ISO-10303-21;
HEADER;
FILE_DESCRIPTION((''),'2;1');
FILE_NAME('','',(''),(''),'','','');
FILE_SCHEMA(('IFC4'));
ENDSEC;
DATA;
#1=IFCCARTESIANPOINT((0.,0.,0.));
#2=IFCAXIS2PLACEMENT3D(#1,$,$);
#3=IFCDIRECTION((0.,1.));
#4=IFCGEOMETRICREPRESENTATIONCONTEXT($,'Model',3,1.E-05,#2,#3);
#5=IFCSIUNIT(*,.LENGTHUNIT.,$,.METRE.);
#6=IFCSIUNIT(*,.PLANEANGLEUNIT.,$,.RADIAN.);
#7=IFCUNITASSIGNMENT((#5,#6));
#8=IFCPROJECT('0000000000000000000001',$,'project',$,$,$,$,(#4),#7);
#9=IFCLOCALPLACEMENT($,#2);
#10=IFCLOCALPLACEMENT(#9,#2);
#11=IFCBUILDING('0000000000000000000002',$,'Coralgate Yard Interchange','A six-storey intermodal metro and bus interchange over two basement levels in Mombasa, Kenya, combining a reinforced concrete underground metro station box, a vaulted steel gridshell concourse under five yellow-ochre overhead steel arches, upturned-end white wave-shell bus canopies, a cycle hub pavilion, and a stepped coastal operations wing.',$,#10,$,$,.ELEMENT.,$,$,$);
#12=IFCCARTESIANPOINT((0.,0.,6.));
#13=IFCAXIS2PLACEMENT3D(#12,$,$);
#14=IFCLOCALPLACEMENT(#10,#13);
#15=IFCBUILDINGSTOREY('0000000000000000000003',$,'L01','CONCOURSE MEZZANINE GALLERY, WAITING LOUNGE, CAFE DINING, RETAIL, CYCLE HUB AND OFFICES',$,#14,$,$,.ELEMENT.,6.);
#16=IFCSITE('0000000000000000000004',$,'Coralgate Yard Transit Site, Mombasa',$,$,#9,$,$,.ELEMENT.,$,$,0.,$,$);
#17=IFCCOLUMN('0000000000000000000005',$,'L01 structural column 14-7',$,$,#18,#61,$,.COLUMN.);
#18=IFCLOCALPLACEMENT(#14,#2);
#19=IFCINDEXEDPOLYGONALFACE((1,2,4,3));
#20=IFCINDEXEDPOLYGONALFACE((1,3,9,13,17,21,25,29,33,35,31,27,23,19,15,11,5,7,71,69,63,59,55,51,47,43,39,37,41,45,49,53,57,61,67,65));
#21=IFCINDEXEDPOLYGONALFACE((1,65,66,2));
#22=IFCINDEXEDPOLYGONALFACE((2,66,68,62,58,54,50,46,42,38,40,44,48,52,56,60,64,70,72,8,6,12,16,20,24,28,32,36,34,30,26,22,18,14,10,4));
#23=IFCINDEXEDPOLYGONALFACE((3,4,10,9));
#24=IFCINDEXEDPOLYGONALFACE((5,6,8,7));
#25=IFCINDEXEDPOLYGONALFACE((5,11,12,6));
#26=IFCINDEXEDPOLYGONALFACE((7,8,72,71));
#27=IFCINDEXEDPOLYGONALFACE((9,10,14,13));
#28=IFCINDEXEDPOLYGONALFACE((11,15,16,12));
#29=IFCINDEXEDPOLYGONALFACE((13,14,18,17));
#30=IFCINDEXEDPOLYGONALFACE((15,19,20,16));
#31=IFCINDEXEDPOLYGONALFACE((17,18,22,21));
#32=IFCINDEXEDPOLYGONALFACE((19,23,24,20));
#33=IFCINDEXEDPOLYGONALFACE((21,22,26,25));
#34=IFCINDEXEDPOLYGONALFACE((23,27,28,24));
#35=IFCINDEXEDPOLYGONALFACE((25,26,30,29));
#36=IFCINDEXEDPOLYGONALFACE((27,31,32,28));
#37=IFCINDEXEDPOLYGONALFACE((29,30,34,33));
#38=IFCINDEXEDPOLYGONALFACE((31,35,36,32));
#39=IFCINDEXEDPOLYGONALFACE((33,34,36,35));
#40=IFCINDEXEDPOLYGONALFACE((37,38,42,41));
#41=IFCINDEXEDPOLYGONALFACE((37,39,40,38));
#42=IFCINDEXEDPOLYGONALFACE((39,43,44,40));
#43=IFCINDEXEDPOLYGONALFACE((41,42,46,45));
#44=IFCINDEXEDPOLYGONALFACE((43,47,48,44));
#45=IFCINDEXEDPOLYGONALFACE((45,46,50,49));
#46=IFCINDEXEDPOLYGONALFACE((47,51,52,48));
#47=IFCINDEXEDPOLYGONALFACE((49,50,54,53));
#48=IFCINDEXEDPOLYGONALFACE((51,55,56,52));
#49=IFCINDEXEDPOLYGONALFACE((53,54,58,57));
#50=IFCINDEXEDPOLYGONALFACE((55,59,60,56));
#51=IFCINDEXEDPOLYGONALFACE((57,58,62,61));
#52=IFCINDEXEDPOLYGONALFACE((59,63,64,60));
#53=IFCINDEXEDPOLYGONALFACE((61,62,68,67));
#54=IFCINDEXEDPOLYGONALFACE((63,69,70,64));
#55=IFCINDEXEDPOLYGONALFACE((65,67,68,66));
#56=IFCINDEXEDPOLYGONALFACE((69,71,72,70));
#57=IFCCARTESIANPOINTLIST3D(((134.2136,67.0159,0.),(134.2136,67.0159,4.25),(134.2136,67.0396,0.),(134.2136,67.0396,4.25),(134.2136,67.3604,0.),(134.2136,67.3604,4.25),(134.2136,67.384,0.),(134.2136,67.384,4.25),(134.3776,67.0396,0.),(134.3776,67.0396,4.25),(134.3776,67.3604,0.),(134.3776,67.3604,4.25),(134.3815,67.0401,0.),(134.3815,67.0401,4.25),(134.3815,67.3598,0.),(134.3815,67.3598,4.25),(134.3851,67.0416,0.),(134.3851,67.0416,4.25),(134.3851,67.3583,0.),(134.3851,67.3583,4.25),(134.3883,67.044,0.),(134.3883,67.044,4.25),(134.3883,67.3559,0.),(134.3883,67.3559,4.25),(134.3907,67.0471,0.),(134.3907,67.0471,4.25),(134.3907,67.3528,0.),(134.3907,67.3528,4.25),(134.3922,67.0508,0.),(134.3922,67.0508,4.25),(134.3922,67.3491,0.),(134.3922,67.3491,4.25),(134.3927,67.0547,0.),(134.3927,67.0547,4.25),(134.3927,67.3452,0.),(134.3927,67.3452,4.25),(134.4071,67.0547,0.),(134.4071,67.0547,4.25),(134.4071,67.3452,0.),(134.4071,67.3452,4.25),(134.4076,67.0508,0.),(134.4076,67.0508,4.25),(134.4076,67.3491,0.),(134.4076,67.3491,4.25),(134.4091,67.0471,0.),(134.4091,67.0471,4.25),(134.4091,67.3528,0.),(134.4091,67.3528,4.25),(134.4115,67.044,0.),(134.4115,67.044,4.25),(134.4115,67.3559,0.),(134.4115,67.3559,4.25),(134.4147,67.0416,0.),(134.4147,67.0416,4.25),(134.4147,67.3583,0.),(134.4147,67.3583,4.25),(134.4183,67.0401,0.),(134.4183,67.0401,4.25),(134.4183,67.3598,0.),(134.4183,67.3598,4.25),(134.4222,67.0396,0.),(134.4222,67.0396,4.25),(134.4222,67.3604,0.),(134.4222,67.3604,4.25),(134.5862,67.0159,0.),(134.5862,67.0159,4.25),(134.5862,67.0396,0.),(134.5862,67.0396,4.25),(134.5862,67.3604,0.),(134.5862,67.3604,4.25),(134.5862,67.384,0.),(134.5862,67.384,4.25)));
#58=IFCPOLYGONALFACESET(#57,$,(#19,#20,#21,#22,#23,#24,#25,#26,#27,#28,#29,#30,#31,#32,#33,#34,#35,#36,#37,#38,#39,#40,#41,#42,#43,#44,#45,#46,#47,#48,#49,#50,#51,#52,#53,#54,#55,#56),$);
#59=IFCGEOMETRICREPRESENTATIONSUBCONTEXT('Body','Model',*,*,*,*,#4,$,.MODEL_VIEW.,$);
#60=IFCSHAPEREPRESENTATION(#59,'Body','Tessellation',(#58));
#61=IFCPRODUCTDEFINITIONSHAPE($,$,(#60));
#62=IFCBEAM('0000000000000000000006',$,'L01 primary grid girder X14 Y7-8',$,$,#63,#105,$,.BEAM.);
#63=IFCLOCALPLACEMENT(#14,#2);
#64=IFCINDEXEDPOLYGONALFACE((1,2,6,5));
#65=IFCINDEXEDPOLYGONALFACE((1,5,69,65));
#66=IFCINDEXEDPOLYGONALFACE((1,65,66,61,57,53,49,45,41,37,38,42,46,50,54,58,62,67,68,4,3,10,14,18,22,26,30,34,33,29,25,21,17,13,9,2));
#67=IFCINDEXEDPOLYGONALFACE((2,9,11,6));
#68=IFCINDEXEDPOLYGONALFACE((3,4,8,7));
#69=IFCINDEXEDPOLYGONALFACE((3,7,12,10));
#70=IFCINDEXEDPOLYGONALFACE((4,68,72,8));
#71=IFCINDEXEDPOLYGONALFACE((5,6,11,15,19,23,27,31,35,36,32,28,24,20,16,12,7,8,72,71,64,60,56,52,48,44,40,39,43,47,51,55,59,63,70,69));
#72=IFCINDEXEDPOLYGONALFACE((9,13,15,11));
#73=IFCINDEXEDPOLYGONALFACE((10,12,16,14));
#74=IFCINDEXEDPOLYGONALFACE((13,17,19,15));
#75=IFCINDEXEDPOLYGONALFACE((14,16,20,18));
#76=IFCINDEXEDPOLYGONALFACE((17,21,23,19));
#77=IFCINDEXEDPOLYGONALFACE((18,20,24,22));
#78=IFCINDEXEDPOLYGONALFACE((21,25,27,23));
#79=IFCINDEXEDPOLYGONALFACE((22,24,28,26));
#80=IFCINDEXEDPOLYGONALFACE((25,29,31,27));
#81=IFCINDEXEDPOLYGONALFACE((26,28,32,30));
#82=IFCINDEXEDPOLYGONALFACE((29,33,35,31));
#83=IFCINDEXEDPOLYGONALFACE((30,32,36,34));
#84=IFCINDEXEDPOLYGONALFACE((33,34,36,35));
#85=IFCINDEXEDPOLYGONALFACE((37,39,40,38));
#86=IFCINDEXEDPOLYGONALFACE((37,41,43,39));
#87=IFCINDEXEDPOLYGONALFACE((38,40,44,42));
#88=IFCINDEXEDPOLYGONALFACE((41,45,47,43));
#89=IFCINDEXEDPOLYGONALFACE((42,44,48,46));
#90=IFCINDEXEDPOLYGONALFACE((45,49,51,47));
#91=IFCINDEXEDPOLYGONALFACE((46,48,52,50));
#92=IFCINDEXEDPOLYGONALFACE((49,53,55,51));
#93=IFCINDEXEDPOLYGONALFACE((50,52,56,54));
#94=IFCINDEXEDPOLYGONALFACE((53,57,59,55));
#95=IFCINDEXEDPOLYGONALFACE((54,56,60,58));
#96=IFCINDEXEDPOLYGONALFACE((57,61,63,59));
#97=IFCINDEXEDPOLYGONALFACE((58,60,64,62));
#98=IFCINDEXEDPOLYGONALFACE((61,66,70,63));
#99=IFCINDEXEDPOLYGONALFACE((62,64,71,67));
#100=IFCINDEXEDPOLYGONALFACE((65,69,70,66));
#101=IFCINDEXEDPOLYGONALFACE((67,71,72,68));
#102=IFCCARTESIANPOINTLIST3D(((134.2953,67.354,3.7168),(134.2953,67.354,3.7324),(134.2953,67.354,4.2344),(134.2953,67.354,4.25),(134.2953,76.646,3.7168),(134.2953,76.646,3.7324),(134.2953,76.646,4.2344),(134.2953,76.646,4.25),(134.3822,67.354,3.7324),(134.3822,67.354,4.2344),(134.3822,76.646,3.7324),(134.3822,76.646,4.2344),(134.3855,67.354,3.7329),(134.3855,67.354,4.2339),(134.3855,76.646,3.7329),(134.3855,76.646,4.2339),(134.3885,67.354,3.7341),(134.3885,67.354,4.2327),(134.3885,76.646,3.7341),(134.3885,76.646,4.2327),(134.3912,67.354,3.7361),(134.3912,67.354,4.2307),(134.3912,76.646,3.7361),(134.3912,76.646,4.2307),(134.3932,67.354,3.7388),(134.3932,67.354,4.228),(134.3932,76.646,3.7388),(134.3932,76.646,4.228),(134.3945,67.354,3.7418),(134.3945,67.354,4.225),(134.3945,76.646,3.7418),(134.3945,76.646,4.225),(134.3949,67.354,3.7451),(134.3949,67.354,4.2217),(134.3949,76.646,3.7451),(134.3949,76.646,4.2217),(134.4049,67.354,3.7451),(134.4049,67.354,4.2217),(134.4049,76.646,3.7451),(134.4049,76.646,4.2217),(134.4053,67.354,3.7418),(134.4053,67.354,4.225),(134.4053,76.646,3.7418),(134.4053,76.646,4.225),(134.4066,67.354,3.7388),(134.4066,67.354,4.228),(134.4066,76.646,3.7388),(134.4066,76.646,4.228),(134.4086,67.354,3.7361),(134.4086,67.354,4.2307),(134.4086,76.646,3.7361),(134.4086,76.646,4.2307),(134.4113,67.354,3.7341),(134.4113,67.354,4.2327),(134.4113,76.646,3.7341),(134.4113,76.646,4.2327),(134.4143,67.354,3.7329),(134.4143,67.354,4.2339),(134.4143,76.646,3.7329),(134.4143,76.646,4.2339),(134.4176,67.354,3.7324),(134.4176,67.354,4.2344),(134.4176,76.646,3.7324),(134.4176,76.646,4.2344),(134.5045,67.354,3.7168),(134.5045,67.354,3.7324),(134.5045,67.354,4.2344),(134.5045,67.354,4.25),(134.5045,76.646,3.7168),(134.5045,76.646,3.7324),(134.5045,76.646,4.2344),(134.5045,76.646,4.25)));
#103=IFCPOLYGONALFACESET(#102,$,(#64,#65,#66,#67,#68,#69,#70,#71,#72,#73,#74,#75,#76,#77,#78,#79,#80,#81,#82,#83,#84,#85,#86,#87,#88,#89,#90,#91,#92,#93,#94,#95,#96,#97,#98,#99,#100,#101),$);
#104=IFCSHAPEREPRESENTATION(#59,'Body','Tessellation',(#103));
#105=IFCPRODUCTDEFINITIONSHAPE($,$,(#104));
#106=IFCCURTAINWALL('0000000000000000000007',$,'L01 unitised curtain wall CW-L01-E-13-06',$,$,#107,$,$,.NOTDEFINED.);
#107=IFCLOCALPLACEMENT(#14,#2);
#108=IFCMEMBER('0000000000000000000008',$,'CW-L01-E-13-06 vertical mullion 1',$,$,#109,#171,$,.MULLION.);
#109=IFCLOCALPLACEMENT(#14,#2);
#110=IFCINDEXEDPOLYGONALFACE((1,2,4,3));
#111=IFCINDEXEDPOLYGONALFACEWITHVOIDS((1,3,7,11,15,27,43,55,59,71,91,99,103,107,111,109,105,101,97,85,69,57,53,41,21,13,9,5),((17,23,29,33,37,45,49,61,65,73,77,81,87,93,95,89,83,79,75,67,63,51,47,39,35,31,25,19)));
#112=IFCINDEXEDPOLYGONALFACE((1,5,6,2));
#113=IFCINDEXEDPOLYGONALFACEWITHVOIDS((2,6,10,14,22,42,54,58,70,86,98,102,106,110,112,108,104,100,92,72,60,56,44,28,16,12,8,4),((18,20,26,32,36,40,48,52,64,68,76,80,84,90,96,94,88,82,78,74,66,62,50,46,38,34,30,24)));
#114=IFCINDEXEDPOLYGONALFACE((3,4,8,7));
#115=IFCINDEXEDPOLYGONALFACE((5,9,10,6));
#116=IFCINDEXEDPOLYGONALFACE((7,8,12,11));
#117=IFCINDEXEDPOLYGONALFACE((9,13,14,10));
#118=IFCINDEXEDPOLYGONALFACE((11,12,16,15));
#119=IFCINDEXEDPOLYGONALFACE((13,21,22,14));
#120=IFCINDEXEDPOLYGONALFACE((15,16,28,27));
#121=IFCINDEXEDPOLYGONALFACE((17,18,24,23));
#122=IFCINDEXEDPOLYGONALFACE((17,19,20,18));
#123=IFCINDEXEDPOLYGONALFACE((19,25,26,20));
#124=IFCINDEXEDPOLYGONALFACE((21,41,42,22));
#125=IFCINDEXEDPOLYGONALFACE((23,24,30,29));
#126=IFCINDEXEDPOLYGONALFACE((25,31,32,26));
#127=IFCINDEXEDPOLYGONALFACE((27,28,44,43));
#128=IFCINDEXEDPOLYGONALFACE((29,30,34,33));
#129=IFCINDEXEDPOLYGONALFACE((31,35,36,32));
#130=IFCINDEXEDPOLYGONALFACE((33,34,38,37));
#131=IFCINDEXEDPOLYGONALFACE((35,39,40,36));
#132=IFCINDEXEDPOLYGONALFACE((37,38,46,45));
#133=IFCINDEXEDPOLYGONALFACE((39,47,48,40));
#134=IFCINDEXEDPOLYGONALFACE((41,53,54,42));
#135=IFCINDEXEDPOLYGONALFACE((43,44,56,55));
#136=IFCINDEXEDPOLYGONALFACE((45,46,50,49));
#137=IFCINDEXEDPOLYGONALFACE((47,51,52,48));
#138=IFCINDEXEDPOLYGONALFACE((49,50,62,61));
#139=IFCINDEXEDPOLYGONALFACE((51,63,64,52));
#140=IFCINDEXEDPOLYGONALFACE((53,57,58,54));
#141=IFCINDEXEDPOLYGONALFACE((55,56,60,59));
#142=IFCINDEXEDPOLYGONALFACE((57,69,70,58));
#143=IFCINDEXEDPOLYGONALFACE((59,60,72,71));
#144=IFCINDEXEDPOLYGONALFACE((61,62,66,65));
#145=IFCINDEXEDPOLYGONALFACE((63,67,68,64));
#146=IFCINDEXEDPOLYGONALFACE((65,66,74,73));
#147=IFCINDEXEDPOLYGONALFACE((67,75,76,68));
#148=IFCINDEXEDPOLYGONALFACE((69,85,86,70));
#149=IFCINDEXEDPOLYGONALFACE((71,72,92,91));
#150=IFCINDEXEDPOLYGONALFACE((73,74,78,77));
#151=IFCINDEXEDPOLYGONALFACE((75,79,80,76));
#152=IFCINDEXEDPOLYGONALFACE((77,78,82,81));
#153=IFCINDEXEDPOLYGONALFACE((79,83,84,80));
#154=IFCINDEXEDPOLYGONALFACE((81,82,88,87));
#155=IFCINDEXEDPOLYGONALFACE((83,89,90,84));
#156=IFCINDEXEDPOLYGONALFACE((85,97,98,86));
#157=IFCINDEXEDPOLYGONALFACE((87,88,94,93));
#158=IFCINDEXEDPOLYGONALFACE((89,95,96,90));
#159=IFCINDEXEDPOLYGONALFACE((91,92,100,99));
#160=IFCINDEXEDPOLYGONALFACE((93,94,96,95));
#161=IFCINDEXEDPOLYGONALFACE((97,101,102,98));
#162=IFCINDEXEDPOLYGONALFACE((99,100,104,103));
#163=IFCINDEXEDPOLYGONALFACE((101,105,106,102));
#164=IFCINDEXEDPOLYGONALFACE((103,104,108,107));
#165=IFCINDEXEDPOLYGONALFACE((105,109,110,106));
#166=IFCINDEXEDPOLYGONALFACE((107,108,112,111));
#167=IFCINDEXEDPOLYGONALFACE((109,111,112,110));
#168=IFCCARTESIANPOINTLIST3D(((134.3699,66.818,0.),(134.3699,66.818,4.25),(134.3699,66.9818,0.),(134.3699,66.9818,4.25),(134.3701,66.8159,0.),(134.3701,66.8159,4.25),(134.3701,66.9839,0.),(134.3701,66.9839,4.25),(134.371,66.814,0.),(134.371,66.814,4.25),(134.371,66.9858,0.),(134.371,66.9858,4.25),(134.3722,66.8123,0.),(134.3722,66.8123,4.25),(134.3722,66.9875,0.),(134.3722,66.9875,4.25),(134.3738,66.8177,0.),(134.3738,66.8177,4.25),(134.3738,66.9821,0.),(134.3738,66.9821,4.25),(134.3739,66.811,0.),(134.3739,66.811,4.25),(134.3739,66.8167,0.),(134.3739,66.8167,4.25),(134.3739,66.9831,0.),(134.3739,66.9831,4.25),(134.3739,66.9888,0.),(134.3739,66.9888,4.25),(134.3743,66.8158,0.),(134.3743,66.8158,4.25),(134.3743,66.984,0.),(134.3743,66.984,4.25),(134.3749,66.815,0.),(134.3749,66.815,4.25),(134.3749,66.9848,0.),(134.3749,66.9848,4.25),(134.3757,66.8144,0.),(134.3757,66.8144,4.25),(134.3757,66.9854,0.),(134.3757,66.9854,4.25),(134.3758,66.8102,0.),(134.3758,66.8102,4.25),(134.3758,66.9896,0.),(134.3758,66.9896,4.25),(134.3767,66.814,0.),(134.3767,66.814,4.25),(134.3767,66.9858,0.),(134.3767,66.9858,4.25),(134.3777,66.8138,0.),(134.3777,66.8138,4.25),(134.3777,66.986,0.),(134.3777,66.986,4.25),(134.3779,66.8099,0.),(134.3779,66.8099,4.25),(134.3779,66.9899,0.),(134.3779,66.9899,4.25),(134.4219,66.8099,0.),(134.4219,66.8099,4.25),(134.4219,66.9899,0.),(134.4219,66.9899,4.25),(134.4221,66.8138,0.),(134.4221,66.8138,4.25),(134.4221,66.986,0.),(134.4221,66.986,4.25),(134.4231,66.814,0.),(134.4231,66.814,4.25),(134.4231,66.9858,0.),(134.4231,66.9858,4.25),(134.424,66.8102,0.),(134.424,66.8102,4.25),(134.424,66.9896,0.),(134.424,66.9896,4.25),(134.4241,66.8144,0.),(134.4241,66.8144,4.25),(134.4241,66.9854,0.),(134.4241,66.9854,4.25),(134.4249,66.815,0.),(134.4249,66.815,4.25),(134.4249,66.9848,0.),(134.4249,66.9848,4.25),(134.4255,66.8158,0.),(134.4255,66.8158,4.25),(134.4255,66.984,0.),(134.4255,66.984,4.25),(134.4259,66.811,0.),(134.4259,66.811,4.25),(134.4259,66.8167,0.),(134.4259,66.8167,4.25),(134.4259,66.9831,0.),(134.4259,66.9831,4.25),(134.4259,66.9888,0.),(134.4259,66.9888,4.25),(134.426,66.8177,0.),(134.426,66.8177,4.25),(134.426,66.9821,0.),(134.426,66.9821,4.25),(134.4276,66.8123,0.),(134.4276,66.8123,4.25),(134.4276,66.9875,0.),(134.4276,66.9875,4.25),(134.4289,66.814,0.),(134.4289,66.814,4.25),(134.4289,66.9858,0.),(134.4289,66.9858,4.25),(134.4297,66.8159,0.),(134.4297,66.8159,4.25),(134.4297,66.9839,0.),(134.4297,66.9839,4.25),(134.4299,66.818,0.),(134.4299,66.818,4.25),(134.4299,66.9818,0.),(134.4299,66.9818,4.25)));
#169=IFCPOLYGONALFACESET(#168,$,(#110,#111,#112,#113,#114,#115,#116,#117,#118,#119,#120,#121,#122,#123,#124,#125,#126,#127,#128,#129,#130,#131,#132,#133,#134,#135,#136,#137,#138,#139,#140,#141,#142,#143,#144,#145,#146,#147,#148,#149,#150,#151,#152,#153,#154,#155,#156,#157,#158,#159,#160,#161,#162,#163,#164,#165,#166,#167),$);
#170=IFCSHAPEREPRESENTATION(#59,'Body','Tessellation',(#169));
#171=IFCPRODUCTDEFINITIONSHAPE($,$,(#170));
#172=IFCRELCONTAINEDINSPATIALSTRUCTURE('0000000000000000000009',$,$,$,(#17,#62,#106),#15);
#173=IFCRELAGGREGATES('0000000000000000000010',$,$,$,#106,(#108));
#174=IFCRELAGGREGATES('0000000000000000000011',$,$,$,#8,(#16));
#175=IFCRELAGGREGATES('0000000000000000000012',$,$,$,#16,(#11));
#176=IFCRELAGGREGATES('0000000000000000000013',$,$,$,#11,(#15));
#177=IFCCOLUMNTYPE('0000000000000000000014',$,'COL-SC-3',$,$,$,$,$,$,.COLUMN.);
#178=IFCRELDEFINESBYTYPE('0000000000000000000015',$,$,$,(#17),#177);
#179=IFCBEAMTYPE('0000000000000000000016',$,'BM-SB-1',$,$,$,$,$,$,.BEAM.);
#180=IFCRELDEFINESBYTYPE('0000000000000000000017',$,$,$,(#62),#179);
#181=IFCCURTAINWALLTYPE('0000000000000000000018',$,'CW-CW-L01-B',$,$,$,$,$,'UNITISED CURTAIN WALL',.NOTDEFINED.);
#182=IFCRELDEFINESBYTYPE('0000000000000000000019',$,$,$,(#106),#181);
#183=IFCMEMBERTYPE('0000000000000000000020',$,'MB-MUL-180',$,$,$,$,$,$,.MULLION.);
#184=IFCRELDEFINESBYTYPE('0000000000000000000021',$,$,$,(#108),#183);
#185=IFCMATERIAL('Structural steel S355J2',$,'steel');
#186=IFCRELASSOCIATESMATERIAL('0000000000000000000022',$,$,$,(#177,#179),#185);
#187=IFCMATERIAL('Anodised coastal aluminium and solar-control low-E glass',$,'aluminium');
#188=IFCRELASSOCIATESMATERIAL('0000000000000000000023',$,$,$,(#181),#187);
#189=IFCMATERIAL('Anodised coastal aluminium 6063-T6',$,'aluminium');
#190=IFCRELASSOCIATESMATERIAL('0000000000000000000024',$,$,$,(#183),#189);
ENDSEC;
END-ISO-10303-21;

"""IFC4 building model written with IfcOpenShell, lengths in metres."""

from ifc_helpers import new_model, si_unit, direction, frame, origin, origin_2d, place, context, subcontext, project, spatial, hollow_rectangle, i_section, extrude, material, material_profile, profile_set, type_object, element, aggregate, save


model = new_model("IFC4")

# Units and contexts
model_context = context("Model", 3, precision=1e-05, world=origin(), true_north=direction((0.0, 1.0)))
body_context = subcontext(model_context, "Body", "Model", "MODEL_VIEW")
ifc_project = project(units=[si_unit("LENGTHUNIT", "METRE"), si_unit("PLANEANGLEUNIT", "RADIAN")], contexts=[model_context])

# Site, building, storey
site_placement = place(None, origin())
site = spatial("IfcSite", under=ifc_project, at=site_placement, Name="Coralgate Yard Transit Site, Mombasa", CompositionType="ELEMENT", RefElevation=0.0)
building_placement = place(site_placement, origin())
building = spatial("IfcBuilding", under=site, at=building_placement, Name="Coralgate Yard Interchange", Description="A six-storey intermodal metro and bus interchange over two basement levels in Mombasa, Kenya, combining a reinforced concrete underground metro station box, a vaulted steel gridshell concourse under five yellow-ochre overhead steel arches, upturned-end white wave-shell bus canopies, a cycle hub pavilion, and a stepped coastal operations wing.", CompositionType="ELEMENT")
storey_placement = place(building_placement, frame((0.0, 0.0, 6.0)))
storey = spatial("IfcBuildingStorey", under=building, at=storey_placement, Name="L01", Description="CONCOURSE MEZZANINE GALLERY, WAITING LOUNGE, CAFE DINING, RETAIL, CYCLE HUB AND OFFICES", CompositionType="ELEMENT", Elevation=6.0)

# Column
ifc_material_1 = material(Name="Structural steel S355J2", Category="steel")
ifc_material_profile_1 = material_profile(ifc_material_1, i_section(OverallWidth=0.3726, OverallDepth=0.3682, WebThickness=0.0144, FlangeThickness=0.0237, FilletRadius=0.0151, at=origin_2d()), Name="UC 356x368x177")
ifc_profile_set_1 = profile_set([ifc_material_profile_1], Name="Structural steel S355J2")
column_type = type_object("IfcColumnType", Name="COL-SC-3", PredefinedType="COLUMN", material=ifc_profile_set_1)
column_placement = place(storey_placement, frame((134.3999, 67.2, 0.0), z_axis=(0.0, 0.0, 1.0), x_axis=(1.0, 0.0, 0.0)))
element("IfcColumn", 1, at=column_placement, inside=storey, type_object=column_type, Name="L01 structural column 14-7", PredefinedType="COLUMN", context=body_context, shape_type="SweptSolid", body=[
    extrude(i_section(OverallWidth=0.3726, OverallDepth=0.3682, WebThickness=0.0144, FlangeThickness=0.0237, FilletRadius=0.0151, at=origin_2d()), origin(), (0.0, 0.0, 1.0), 4.25),
])

# Beam
ifc_material_profile_2 = material_profile(ifc_material_1, i_section(OverallWidth=0.2092, OverallDepth=0.5332, WebThickness=0.01, FlangeThickness=0.0156, FilletRadius=0.0127, at=origin_2d()), Name="UB 533x210x92")
ifc_profile_set_2 = profile_set([ifc_material_profile_2], Name="Structural steel S355J2")
beam_type = type_object("IfcBeamType", Name="BM-SB-1", PredefinedType="BEAM", material=ifc_profile_set_2)
beam_placement = place(storey_placement, frame((134.3999, 67.354, 3.9834), z_axis=(0.0, 1.0, 0.0), x_axis=(-1.0, 0.0, 0.0)))
element("IfcBeam", 2, at=beam_placement, inside=storey, type_object=beam_type, Name="L01 primary grid girder X14 Y7-8", PredefinedType="BEAM", context=body_context, shape_type="SweptSolid", body=[
    extrude(i_section(OverallWidth=0.2092, OverallDepth=0.5332, WebThickness=0.01, FlangeThickness=0.0156, FilletRadius=0.0127, at=origin_2d()), origin(), (0.0, 0.0, 1.0), 9.292),
])

# Curtain wall, member
ifc_material_2 = material(Name="Anodised coastal aluminium and solar-control low-E glass", Category="aluminium")
curtain_wall_type = type_object("IfcCurtainWallType", Name="CW-CW-L01-B", ElementType="UNITISED CURTAIN WALL", PredefinedType="NOTDEFINED", material=ifc_material_2)
curtain_wall_placement = place(storey_placement, origin())
curtain_wall = element("IfcCurtainWall", 3, at=curtain_wall_placement, inside=storey, type_object=curtain_wall_type, Name="L01 unitised curtain wall CW-L01-E-13-06", PredefinedType="NOTDEFINED")
ifc_material_3 = material(Name="Anodised coastal aluminium 6063-T6", Category="aluminium")
ifc_material_profile_3 = material_profile(ifc_material_3, hollow_rectangle(XDim=0.0601, YDim=0.1799, WallThickness=0.0039, InnerFilletRadius=0.0039, OuterFilletRadius=0.0081, at=origin_2d()), Name="ALU 60x180x4")
ifc_profile_set_3 = profile_set([ifc_material_profile_3], Name="Anodised coastal aluminium 6063-T6")
member_type_1 = type_object("IfcMemberType", Name="MB-MUL-180", PredefinedType="MULLION", material=ifc_profile_set_3)
member_1_placement = place(storey_placement, frame((134.3999, 66.8999, 0.0), z_axis=(0.0, 0.0, 1.0), x_axis=(1.0, 0.0, 0.0)))
member_1 = element("IfcMember", 4, at=member_1_placement, type_object=member_type_1, Name="CW-L01-E-13-06 vertical mullion 1", PredefinedType="MULLION", context=body_context, shape_type="SweptSolid", body=[
    extrude(hollow_rectangle(XDim=0.0601, YDim=0.1799, WallThickness=0.0039, InnerFilletRadius=0.0039, OuterFilletRadius=0.0081, at=origin_2d()), origin(), (0.0, 0.0, 1.0), 4.25),
])
aggregate(curtain_wall, [member_1])

save(model, "model.ifc")
